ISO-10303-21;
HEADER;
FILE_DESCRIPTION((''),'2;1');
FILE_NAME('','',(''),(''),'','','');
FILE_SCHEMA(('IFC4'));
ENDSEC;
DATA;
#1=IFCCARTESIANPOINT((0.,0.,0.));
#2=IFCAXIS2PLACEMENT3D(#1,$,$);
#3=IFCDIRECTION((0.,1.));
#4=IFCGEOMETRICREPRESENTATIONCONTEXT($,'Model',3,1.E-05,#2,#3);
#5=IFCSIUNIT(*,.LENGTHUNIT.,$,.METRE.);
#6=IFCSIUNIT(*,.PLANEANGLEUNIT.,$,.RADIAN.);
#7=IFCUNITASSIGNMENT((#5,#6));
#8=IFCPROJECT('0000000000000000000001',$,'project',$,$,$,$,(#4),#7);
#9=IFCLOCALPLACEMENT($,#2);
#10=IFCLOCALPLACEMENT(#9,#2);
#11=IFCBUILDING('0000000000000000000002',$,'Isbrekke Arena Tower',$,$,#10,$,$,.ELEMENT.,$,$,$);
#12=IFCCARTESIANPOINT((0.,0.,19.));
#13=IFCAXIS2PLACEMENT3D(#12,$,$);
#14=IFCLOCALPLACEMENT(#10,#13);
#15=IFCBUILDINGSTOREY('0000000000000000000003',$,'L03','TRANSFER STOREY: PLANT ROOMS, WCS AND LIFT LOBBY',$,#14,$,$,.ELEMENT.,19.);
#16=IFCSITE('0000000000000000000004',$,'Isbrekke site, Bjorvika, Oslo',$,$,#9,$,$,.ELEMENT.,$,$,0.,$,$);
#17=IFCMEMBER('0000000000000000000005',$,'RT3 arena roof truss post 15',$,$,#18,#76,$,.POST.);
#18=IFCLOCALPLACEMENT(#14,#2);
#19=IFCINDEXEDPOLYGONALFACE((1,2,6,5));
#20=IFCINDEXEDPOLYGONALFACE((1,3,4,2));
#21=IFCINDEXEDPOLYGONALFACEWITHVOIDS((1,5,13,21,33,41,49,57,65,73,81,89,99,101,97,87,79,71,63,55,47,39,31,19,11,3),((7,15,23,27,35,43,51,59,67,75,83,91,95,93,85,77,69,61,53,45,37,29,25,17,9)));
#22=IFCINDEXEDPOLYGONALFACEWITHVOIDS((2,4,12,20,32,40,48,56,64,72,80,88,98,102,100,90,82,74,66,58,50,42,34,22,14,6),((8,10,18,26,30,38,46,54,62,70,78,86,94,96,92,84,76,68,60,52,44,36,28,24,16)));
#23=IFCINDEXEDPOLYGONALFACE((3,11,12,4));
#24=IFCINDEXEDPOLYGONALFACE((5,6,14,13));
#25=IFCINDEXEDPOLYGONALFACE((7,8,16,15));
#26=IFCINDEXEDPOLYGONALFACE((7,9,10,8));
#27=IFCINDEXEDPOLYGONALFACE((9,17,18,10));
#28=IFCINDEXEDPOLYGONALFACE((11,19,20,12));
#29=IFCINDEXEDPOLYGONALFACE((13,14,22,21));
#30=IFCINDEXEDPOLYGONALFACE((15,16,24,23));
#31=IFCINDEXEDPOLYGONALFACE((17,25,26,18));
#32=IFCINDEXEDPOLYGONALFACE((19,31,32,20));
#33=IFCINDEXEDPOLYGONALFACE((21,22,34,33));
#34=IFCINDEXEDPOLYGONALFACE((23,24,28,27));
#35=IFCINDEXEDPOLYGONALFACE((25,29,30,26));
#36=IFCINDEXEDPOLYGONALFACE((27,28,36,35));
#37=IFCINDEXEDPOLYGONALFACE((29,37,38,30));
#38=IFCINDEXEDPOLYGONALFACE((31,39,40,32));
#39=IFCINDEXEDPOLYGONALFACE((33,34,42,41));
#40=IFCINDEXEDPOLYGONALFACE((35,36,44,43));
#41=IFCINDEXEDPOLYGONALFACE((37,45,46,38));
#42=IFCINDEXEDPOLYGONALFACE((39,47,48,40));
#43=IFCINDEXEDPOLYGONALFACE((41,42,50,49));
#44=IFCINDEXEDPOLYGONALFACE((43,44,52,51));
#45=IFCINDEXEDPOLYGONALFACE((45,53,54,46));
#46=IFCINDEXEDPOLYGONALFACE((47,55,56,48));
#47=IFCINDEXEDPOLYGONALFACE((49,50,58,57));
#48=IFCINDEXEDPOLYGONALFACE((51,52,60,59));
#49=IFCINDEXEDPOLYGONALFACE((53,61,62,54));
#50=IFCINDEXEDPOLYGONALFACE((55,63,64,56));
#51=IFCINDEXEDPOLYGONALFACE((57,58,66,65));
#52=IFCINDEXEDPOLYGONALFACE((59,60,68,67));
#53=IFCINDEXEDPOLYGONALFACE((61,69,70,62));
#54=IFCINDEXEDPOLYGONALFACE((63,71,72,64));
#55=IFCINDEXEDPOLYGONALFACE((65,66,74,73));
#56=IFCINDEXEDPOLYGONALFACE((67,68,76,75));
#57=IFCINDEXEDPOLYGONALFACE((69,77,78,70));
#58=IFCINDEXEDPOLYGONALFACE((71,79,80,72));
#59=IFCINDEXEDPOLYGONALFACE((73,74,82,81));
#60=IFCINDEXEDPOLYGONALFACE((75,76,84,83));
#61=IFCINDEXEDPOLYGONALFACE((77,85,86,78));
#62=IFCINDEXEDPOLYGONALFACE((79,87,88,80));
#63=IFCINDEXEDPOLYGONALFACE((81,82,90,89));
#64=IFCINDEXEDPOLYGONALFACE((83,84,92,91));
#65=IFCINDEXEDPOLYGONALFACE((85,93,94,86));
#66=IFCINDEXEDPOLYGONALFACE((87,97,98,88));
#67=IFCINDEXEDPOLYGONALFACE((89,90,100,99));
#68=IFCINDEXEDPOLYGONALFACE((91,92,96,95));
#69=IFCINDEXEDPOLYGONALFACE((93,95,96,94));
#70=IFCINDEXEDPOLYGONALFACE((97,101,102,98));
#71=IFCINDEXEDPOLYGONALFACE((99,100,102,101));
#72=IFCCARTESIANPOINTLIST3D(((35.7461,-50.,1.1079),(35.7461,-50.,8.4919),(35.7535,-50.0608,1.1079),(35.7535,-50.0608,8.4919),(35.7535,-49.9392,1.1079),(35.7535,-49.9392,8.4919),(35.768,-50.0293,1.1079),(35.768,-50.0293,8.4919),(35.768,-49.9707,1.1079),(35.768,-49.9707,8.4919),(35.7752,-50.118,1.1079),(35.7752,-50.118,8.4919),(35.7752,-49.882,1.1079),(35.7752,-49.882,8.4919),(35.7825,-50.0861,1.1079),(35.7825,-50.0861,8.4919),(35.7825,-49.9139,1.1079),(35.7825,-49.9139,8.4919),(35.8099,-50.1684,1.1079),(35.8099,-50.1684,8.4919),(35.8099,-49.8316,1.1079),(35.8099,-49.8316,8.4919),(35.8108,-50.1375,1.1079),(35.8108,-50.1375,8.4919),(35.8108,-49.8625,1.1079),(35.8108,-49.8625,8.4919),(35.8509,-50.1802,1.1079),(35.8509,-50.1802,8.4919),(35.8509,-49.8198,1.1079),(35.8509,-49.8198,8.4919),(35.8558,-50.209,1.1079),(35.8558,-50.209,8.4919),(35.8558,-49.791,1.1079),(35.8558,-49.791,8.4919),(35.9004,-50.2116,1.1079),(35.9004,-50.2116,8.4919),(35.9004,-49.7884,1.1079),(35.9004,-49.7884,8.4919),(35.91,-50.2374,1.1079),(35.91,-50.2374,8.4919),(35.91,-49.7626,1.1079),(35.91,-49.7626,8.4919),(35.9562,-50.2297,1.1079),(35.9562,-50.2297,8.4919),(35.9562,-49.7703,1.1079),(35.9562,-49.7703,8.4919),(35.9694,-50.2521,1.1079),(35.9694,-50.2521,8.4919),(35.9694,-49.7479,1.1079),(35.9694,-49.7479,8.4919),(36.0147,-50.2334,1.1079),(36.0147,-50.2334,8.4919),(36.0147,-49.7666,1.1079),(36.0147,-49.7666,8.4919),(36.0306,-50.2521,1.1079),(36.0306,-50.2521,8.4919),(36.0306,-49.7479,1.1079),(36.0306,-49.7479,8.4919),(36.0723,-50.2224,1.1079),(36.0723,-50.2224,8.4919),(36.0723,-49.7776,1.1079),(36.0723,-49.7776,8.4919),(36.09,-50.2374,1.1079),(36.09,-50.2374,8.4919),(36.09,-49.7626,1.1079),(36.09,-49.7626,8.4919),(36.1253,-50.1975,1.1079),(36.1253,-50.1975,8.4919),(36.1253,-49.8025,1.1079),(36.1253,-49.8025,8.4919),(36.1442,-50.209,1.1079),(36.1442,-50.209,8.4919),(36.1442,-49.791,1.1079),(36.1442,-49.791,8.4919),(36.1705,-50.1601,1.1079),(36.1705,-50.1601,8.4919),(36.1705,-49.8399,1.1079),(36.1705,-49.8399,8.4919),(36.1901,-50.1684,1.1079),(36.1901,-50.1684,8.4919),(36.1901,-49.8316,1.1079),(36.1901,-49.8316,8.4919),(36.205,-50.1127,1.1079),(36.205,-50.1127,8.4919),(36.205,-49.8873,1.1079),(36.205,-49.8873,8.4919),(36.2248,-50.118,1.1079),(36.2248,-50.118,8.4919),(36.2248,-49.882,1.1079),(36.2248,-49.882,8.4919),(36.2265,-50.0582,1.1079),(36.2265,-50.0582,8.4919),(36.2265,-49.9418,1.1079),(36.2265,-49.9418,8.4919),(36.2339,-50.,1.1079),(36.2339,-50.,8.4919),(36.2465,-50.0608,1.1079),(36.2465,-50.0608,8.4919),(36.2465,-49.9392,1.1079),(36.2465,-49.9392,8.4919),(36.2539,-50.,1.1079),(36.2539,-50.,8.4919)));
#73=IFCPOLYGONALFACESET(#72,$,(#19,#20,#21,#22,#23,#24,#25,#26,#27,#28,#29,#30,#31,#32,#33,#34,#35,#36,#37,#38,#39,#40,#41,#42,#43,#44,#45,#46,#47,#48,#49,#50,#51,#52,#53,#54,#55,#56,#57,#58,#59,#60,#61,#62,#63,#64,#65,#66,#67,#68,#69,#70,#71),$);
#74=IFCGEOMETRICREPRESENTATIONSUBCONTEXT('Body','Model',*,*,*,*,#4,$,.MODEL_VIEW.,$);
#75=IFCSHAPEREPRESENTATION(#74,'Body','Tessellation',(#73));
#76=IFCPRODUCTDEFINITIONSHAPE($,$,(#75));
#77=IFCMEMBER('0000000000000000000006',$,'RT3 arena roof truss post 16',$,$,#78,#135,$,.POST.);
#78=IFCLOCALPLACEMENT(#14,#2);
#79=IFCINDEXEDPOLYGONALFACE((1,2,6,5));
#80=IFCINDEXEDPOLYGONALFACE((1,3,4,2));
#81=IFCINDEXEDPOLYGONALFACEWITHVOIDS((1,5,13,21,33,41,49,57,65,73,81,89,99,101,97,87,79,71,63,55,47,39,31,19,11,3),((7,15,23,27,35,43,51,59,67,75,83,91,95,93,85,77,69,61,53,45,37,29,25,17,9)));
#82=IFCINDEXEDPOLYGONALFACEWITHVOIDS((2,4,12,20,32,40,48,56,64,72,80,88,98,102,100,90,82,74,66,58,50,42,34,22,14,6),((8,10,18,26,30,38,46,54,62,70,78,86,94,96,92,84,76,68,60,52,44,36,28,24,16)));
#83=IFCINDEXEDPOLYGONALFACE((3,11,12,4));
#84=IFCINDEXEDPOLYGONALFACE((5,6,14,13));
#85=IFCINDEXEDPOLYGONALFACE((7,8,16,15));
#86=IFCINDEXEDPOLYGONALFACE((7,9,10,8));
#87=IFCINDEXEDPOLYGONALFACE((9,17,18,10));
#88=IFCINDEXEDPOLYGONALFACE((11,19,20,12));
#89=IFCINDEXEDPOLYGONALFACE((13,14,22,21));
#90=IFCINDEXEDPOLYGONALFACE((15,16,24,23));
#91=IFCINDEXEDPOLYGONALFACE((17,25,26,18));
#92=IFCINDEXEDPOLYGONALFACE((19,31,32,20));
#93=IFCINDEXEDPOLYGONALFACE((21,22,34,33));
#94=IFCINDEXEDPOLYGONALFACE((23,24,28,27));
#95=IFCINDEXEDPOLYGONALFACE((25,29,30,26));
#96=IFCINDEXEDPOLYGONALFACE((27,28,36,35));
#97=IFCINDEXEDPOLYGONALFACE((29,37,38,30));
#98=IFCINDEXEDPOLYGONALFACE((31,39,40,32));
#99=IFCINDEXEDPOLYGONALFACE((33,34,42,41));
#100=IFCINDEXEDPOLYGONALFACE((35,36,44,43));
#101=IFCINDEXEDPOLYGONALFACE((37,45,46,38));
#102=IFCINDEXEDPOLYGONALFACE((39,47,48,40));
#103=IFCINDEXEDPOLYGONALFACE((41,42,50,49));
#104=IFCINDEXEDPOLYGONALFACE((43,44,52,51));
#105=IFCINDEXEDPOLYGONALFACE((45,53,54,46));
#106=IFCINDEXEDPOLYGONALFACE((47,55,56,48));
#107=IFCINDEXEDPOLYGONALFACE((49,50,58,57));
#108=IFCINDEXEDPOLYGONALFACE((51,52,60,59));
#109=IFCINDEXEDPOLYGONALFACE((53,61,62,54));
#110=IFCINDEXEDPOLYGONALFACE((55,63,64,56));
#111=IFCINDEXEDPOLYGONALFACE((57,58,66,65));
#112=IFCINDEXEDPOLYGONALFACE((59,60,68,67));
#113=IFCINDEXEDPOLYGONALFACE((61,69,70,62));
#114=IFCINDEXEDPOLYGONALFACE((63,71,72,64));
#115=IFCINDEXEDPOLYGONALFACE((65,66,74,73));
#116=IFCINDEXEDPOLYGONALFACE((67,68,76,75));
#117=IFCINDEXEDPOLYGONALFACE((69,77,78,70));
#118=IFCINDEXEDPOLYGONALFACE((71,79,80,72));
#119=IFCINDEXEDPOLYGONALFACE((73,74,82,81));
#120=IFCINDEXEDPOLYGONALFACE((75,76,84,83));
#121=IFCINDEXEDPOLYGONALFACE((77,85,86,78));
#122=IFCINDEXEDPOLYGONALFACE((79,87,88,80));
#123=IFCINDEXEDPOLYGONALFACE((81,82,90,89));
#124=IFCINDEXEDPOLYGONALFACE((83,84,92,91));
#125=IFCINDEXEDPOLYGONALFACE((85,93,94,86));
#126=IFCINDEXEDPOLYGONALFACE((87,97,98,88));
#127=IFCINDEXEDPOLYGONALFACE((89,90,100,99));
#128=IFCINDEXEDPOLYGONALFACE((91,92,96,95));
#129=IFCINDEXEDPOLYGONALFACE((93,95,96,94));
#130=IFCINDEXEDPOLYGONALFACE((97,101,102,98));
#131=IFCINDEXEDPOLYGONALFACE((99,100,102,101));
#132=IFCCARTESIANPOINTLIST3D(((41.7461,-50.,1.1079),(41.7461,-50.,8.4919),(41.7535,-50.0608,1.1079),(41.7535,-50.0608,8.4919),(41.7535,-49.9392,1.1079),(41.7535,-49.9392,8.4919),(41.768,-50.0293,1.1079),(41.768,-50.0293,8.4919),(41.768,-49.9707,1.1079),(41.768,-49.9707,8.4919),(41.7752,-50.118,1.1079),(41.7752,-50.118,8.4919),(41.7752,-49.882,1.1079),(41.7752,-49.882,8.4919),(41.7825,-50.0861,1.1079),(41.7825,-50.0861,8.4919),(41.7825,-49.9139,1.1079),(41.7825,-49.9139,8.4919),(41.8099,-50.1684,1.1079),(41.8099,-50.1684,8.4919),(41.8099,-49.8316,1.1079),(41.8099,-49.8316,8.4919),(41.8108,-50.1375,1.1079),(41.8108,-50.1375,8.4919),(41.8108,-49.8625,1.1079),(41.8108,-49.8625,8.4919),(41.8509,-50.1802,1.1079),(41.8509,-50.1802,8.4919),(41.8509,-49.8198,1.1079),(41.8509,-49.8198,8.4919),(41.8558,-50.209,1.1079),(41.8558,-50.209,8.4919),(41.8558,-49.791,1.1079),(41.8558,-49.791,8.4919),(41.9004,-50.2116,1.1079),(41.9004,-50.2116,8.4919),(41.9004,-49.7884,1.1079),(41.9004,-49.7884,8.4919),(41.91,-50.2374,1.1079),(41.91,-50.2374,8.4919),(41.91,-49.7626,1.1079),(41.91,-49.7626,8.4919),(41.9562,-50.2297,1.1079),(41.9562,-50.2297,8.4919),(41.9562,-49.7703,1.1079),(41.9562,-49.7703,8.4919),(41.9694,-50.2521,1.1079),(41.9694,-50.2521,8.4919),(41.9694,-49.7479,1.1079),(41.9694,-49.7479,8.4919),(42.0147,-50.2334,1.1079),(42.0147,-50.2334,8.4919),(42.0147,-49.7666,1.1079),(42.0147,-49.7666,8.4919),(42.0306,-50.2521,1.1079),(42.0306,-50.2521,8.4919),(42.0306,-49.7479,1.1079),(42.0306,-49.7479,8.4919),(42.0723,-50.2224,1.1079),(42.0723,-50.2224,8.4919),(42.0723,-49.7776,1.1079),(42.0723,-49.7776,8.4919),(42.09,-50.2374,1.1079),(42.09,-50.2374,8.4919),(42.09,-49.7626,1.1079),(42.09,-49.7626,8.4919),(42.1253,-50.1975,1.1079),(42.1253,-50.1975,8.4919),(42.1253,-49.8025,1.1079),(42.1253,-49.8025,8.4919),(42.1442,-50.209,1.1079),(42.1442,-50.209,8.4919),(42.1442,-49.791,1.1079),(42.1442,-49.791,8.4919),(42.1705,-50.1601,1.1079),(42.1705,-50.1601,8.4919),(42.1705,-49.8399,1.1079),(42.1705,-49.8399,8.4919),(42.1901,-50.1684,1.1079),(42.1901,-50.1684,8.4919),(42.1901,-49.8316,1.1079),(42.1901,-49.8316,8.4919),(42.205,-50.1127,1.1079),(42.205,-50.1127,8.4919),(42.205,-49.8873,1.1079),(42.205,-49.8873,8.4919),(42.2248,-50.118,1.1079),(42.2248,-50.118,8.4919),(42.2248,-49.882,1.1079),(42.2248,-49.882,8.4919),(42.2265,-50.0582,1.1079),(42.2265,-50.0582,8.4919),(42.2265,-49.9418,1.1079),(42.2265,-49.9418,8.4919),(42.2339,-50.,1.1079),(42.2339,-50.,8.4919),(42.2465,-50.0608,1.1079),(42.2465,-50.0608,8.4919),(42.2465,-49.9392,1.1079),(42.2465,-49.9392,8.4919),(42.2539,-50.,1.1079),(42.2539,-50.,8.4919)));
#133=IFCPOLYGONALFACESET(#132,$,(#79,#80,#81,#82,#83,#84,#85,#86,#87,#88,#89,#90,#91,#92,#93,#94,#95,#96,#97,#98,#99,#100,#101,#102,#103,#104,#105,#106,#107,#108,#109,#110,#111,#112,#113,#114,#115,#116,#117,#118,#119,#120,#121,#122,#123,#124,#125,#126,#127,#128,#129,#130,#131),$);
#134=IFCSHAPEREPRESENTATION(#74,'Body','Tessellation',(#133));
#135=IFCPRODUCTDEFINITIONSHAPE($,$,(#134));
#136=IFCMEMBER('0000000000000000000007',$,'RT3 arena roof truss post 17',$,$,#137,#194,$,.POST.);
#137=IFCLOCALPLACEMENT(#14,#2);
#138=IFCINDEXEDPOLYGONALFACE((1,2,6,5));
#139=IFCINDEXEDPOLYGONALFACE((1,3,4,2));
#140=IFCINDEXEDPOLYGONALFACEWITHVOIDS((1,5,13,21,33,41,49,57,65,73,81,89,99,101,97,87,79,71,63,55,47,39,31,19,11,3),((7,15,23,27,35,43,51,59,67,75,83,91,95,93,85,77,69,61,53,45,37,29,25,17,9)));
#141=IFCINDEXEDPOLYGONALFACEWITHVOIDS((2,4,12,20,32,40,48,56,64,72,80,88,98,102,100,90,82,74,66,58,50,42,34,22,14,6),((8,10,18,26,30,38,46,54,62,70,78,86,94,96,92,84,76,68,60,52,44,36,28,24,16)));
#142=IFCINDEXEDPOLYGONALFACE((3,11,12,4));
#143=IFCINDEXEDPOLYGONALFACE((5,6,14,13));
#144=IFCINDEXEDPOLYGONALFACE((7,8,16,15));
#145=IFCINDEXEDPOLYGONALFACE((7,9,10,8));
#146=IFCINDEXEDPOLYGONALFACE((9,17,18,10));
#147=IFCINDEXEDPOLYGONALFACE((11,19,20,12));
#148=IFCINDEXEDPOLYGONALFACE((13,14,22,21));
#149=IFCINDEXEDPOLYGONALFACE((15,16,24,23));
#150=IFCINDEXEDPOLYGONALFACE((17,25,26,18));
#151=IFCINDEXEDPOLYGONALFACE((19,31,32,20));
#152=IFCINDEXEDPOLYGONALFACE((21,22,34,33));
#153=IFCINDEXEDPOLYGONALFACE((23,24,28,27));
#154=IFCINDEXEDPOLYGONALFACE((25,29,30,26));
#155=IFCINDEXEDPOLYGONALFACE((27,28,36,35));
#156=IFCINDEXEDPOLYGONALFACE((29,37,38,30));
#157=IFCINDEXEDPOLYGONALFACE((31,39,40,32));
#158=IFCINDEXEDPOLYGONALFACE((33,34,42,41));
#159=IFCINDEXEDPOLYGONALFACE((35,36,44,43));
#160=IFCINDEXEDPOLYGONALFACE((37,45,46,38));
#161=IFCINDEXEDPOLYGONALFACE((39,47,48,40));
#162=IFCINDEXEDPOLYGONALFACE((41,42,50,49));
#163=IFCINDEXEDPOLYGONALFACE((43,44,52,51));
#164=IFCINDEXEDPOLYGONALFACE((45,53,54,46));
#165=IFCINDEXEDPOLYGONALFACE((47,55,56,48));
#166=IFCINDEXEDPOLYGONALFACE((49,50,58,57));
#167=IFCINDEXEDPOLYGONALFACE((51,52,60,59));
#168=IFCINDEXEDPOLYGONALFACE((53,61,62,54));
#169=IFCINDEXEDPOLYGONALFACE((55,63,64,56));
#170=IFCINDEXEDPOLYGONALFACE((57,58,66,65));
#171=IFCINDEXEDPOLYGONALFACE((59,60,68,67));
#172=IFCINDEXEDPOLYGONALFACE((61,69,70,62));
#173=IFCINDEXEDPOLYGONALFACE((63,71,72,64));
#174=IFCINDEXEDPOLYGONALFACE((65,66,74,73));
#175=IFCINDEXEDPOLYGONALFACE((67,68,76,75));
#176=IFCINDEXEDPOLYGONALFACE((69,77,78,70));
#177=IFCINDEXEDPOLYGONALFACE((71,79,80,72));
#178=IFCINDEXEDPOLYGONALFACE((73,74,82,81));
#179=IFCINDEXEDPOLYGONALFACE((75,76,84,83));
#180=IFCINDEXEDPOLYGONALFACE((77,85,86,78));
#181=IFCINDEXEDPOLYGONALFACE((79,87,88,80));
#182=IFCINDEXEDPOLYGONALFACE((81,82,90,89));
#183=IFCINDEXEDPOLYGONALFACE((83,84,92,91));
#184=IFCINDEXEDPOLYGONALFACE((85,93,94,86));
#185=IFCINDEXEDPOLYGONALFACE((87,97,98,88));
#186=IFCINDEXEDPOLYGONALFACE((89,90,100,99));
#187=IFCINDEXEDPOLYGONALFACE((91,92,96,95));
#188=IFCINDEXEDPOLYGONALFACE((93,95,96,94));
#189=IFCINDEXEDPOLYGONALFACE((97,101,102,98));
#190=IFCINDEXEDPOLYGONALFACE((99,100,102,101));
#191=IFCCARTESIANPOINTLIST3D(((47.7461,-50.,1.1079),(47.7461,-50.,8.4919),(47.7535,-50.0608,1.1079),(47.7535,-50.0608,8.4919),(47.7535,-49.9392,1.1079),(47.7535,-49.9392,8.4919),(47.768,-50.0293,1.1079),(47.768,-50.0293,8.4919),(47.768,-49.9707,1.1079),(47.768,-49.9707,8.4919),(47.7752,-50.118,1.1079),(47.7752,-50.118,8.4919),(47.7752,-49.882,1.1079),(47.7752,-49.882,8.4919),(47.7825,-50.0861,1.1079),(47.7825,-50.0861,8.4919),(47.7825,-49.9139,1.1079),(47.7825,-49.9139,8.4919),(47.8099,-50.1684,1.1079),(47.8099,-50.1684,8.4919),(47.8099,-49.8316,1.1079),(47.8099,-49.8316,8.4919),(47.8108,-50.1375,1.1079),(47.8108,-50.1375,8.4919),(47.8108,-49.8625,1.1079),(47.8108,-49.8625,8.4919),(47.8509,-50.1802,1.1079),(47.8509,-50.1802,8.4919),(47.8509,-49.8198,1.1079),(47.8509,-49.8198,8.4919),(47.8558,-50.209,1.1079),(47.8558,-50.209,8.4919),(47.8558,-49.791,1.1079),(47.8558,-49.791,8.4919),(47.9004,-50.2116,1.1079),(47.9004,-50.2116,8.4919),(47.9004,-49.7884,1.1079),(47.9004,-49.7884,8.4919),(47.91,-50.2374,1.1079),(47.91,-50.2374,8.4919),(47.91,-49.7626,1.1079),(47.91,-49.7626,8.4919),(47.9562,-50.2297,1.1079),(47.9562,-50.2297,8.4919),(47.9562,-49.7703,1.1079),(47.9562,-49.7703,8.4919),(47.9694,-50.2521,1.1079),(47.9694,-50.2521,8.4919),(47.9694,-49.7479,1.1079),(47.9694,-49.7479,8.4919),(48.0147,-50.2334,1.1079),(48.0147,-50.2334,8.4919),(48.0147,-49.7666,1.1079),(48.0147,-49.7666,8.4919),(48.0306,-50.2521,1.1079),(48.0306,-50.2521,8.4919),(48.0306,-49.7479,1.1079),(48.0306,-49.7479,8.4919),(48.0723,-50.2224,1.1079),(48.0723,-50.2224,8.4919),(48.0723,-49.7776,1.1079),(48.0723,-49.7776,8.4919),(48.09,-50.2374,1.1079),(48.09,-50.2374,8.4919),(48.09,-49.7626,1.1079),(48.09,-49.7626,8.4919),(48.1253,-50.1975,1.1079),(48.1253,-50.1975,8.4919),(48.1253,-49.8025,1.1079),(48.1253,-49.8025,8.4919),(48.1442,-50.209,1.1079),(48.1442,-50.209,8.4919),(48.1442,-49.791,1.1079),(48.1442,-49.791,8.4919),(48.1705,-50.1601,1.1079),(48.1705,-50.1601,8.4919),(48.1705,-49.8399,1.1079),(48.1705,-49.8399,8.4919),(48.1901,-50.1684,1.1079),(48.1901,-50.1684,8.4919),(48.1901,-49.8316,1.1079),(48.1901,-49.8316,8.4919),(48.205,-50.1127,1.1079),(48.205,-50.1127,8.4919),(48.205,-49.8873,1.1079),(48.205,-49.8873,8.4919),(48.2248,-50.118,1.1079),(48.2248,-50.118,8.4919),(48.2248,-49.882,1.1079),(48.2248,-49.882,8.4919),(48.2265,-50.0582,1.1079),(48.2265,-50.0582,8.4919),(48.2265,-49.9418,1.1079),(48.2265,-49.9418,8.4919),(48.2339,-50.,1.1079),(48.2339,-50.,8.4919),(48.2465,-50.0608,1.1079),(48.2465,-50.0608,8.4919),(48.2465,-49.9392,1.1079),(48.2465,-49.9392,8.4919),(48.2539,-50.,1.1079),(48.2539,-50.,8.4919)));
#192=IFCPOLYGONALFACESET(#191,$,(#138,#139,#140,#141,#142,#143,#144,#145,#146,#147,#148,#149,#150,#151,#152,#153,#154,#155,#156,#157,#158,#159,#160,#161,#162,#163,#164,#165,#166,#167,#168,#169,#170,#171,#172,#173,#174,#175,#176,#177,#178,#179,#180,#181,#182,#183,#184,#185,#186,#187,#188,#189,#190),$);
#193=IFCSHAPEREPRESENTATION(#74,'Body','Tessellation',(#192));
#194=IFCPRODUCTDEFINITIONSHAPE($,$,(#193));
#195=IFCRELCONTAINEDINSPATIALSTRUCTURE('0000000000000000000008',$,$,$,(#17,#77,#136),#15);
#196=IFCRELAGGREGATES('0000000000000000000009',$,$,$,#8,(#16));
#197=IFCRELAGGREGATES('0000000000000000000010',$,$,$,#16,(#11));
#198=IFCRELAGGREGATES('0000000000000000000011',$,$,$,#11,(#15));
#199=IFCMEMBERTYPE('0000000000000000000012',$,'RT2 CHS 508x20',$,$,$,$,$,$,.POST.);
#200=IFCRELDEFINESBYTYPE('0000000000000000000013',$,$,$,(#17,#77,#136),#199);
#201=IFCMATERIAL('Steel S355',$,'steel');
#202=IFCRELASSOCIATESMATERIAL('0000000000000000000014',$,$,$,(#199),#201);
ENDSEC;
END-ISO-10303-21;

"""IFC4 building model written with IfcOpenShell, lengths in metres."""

from ifc_helpers import new_model, si_unit, direction, frame, origin, origin_2d, place, context, subcontext, project, spatial, hollow_circle, extrude, material, material_profile, profile_set, type_object, element, save


model = new_model("IFC4")

# Units and contexts
model_context = context("Model", 3, precision=1e-05, world=origin(), true_north=direction((0.0, 1.0)))
body_context = subcontext(model_context, "Body", "Model", "MODEL_VIEW")
ifc_project = project(units=[si_unit("LENGTHUNIT", "METRE"), si_unit("PLANEANGLEUNIT", "RADIAN")], contexts=[model_context])

# Site, building, storey
site_placement = place(None, origin())
site = spatial("IfcSite", under=ifc_project, at=site_placement, Name="Isbrekke site, Bjorvika, Oslo", CompositionType="ELEMENT", RefElevation=0.0)
building_placement = place(site_placement, origin())
building = spatial("IfcBuilding", under=site, at=building_placement, Name="Isbrekke Arena Tower", CompositionType="ELEMENT")
storey_placement = place(building_placement, frame((0.0, 0.0, 19.0)))
storey = spatial("IfcBuildingStorey", under=building, at=storey_placement, Name="L03", Description="TRANSFER STOREY: PLANT ROOMS, WCS AND LIFT LOBBY", CompositionType="ELEMENT", Elevation=19.0)

# Members
ifc_material_1 = material(Name="Steel S355", Category="steel")
ifc_material_profile_1 = material_profile(ifc_material_1, hollow_circle(Radius=0.2539, WallThickness=0.02, at=origin_2d()), Name="CHS 508x20")
ifc_profile_set_1 = profile_set([ifc_material_profile_1], Name="Steel S355")
member_type_1 = type_object("IfcMemberType", Name="RT2 CHS 508x20", PredefinedType="POST", material=ifc_profile_set_1)
for number, where, z_axis, x_axis, name in (
    (1, (36.0, -50.0, 1.1079), (0.0, 0.0, 1.0), (1.0, 0.0, 0.0), "RT3 arena roof truss post 15"),
    (2, (42.0, -50.0, 1.1079), (0.0, 0.0, 1.0), (1.0, 0.0, 0.0), "RT3 arena roof truss post 16"),
    (3, (48.0, -50.0, 1.1079), (0.0, 0.0, 1.0), (1.0, 0.0, 0.0), "RT3 arena roof truss post 17"),
):
    element("IfcMember", number, at=place(storey_placement, frame(where, z_axis=z_axis, x_axis=x_axis)), inside=storey, type_object=member_type_1, Name=name, PredefinedType="POST", context=body_context, shape_type="SweptSolid", body=[
        extrude(hollow_circle(Radius=0.2539, WallThickness=0.02, at=origin_2d()), origin(), (0.0, 0.0, 1.0), 7.384),
    ])

save(model, "model.ifc")
